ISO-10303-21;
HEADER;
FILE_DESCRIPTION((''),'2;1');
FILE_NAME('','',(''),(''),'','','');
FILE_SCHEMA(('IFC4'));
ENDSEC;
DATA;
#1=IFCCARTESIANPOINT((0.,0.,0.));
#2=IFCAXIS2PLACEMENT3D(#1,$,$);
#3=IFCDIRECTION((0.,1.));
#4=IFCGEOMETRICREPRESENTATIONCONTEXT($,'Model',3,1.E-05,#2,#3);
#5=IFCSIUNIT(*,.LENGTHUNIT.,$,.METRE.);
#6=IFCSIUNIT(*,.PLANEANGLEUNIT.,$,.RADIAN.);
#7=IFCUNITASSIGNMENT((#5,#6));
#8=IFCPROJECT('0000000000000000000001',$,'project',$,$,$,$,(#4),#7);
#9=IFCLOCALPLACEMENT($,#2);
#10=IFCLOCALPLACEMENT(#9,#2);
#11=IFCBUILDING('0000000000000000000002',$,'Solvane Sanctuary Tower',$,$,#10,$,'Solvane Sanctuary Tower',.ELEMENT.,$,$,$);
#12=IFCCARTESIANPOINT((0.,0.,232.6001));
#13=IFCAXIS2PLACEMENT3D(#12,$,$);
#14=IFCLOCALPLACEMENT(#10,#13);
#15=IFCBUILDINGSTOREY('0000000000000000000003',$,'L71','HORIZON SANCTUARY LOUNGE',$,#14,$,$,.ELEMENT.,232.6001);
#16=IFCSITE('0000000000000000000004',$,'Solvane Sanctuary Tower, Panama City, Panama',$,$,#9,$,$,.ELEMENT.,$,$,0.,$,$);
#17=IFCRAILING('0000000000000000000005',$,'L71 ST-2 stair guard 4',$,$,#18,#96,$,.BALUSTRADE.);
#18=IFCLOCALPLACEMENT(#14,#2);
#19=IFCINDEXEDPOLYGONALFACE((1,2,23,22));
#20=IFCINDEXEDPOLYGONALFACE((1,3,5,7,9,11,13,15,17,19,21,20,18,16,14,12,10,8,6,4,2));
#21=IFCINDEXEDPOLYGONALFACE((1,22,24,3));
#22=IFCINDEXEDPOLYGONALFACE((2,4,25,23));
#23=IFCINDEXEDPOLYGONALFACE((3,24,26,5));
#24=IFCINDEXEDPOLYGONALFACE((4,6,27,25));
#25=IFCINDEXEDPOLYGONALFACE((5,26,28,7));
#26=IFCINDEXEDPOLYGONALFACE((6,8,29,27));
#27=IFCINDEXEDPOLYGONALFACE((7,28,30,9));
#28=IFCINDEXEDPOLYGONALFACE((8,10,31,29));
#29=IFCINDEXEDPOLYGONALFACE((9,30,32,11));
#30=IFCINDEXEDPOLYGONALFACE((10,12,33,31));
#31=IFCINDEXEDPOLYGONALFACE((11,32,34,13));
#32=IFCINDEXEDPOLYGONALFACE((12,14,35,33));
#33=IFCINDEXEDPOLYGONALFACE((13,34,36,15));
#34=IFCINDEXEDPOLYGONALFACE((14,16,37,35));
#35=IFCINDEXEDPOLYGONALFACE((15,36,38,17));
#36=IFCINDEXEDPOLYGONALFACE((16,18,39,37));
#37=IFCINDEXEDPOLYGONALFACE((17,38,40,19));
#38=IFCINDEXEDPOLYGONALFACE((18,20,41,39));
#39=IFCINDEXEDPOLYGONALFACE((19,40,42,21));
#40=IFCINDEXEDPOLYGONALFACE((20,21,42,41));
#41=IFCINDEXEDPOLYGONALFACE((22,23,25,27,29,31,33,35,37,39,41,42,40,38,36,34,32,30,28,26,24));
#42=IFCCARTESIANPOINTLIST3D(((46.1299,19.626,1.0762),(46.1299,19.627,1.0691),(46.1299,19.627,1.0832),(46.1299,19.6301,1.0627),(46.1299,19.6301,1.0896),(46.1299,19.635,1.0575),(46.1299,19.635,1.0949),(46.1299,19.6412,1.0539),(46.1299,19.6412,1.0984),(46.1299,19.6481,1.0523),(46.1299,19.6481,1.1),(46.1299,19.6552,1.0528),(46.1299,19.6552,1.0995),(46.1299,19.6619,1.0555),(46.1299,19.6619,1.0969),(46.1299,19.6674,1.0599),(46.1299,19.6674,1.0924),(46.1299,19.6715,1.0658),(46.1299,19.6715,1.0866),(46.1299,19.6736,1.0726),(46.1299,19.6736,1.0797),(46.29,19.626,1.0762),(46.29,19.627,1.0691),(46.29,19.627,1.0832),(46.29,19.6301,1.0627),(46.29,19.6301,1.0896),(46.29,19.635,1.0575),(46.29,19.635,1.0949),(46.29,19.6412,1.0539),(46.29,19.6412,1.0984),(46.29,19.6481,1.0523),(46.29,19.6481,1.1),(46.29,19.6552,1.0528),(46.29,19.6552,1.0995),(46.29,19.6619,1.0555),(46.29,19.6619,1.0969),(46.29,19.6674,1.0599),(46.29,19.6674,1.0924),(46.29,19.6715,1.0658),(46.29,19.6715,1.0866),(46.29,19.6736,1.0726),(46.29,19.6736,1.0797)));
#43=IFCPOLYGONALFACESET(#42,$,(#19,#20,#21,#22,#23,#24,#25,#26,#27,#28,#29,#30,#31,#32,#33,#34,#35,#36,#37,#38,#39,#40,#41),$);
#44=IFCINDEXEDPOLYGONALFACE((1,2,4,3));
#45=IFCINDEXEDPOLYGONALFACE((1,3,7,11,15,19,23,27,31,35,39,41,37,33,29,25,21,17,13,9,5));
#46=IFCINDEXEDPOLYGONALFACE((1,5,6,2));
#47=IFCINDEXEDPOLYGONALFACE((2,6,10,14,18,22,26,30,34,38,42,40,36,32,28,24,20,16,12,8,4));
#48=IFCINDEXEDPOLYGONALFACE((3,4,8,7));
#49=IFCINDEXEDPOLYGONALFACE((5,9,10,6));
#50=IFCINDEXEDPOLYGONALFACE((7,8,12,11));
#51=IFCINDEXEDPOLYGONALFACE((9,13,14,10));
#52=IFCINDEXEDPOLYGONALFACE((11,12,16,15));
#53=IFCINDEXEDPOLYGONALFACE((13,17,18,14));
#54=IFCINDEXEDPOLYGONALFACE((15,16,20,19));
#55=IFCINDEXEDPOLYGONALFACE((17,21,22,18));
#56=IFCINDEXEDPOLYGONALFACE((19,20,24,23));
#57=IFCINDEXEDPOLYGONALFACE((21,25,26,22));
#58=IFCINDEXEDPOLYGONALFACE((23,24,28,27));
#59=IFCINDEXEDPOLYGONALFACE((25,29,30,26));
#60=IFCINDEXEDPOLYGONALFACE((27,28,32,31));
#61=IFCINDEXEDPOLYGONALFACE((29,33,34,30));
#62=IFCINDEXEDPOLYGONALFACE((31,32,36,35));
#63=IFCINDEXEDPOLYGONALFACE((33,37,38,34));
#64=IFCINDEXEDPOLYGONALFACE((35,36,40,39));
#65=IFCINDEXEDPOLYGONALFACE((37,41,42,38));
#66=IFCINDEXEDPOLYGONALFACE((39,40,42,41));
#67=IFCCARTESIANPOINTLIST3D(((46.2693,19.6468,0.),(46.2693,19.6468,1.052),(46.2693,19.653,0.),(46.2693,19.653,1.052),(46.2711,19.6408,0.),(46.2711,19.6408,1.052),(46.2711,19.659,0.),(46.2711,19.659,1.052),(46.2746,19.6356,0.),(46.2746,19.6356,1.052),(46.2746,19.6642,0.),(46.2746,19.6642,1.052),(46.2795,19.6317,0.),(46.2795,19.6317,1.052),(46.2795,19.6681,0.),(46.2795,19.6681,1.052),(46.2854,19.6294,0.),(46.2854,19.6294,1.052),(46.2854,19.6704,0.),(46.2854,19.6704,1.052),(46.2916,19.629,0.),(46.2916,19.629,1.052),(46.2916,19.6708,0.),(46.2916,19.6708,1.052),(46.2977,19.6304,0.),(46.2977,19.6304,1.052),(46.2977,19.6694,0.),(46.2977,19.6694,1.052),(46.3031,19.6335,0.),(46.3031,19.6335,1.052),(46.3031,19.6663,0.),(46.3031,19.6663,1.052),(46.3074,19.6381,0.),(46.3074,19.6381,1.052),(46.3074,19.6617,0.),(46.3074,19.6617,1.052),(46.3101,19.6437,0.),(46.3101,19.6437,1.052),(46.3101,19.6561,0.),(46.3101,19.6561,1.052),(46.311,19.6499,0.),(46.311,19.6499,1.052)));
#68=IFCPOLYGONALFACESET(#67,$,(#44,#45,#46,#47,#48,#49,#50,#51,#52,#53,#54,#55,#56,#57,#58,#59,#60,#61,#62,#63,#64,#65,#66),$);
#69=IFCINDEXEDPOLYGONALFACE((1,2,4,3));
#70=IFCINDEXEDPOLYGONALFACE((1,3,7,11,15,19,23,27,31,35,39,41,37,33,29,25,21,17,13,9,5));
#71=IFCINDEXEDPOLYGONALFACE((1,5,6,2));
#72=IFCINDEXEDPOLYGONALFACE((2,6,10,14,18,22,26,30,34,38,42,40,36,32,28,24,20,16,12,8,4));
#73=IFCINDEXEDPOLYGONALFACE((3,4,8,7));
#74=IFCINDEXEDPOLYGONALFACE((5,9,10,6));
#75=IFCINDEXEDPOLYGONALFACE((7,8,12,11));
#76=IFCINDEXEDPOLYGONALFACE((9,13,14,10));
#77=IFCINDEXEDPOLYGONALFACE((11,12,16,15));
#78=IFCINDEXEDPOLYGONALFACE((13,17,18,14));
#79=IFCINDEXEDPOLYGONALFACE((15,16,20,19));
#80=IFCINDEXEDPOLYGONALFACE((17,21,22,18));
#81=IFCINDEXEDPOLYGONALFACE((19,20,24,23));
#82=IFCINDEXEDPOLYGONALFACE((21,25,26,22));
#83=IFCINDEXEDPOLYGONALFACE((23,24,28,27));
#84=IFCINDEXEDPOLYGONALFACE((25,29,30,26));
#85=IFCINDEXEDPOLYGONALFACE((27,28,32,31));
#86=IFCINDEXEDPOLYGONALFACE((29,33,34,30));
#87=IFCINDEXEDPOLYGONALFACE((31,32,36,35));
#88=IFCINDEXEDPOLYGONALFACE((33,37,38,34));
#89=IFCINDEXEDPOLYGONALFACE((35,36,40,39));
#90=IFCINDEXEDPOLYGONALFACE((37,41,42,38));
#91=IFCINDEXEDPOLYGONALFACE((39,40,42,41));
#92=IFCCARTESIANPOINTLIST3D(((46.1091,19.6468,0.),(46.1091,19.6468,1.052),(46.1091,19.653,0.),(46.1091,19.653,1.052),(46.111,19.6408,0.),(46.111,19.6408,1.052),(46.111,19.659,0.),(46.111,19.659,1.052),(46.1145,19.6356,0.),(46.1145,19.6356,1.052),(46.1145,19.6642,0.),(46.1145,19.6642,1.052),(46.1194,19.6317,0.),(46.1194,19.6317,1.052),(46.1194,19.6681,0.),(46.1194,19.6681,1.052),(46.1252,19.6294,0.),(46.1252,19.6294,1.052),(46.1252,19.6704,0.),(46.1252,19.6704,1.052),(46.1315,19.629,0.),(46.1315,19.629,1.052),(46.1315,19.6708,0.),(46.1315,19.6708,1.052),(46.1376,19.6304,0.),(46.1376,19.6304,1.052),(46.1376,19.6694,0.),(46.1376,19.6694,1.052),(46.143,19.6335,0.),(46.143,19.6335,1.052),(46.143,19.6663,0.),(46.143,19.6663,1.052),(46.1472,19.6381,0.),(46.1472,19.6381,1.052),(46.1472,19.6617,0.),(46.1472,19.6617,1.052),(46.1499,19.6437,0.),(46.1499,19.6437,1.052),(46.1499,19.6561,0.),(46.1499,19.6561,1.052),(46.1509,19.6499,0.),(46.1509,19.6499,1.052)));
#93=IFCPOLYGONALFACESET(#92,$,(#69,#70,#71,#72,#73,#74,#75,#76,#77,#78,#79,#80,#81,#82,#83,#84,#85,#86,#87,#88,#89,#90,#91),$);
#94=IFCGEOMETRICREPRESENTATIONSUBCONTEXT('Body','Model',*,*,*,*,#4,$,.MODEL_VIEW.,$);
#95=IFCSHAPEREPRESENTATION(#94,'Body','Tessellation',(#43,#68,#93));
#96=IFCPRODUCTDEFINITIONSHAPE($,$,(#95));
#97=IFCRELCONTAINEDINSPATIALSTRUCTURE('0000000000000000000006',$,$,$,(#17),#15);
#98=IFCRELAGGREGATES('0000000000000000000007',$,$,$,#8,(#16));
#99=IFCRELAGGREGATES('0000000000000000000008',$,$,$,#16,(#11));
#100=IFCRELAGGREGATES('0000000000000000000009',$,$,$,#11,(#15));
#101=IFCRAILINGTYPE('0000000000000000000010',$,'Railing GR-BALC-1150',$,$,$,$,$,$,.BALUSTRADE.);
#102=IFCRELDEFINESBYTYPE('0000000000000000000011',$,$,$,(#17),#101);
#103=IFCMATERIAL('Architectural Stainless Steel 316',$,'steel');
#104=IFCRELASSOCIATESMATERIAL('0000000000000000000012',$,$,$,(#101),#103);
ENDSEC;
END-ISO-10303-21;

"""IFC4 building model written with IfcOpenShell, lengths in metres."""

from ifc_helpers import new_model, si_unit, direction, frame, origin, origin_2d, place, context, subcontext, project, spatial, circle, extrude, material, type_object, element, save


model = new_model("IFC4")

# Units and contexts
model_context = context("Model", 3, precision=1e-05, world=origin(), true_north=direction((0.0, 1.0)))
body_context = subcontext(model_context, "Body", "Model", "MODEL_VIEW")
ifc_project = project(units=[si_unit("LENGTHUNIT", "METRE"), si_unit("PLANEANGLEUNIT", "RADIAN")], contexts=[model_context])

# Site, building, storey
site_placement = place(None, origin())
site = spatial("IfcSite", under=ifc_project, at=site_placement, Name="Solvane Sanctuary Tower, Panama City, Panama", CompositionType="ELEMENT", RefElevation=0.0)
building_placement = place(site_placement, origin())
building = spatial("IfcBuilding", under=site, at=building_placement, Name="Solvane Sanctuary Tower", LongName="Solvane Sanctuary Tower", CompositionType="ELEMENT")
storey_placement = place(building_placement, frame((0.0, 0.0, 232.6001)))
storey = spatial("IfcBuildingStorey", under=building, at=storey_placement, Name="L71", Description="HORIZON SANCTUARY LOUNGE", CompositionType="ELEMENT", Elevation=232.6001)

# Shared definitions
ifc_material_1 = material(Name="Architectural Stainless Steel 316", Category="steel")

# Railing
railing_type_1 = type_object("IfcRailingType", Name="Railing GR-BALC-1150", PredefinedType="BALUSTRADE", material=ifc_material_1)
railing_1_placement = place(storey_placement, frame((46.29, 19.6499, 0.0)))
element("IfcRailing", 1, at=railing_1_placement, inside=storey, type_object=railing_type_1, Name="L71 ST-2 stair guard 4", PredefinedType="BALUSTRADE", context=body_context, shape_type="SweptSolid", body=[
    extrude(circle(Radius=0.0239, at=origin_2d()), frame((0.0, 0.0, 1.0762), z_axis=(-1.0, 0.0, 0.0), x_axis=(0.0, -1.0, 0.0)), (0.0, 0.0, 1.0), 0.1602),
    extrude(circle(Radius=0.021, at=origin_2d()), origin(), (0.0, 0.0, 1.0), 1.052),
    extrude(circle(Radius=0.021, at=origin_2d()), frame((-0.1602, 0.0, 0.0)), (0.0, 0.0, 1.0), 1.052),
])

save(model, "model.ifc")
